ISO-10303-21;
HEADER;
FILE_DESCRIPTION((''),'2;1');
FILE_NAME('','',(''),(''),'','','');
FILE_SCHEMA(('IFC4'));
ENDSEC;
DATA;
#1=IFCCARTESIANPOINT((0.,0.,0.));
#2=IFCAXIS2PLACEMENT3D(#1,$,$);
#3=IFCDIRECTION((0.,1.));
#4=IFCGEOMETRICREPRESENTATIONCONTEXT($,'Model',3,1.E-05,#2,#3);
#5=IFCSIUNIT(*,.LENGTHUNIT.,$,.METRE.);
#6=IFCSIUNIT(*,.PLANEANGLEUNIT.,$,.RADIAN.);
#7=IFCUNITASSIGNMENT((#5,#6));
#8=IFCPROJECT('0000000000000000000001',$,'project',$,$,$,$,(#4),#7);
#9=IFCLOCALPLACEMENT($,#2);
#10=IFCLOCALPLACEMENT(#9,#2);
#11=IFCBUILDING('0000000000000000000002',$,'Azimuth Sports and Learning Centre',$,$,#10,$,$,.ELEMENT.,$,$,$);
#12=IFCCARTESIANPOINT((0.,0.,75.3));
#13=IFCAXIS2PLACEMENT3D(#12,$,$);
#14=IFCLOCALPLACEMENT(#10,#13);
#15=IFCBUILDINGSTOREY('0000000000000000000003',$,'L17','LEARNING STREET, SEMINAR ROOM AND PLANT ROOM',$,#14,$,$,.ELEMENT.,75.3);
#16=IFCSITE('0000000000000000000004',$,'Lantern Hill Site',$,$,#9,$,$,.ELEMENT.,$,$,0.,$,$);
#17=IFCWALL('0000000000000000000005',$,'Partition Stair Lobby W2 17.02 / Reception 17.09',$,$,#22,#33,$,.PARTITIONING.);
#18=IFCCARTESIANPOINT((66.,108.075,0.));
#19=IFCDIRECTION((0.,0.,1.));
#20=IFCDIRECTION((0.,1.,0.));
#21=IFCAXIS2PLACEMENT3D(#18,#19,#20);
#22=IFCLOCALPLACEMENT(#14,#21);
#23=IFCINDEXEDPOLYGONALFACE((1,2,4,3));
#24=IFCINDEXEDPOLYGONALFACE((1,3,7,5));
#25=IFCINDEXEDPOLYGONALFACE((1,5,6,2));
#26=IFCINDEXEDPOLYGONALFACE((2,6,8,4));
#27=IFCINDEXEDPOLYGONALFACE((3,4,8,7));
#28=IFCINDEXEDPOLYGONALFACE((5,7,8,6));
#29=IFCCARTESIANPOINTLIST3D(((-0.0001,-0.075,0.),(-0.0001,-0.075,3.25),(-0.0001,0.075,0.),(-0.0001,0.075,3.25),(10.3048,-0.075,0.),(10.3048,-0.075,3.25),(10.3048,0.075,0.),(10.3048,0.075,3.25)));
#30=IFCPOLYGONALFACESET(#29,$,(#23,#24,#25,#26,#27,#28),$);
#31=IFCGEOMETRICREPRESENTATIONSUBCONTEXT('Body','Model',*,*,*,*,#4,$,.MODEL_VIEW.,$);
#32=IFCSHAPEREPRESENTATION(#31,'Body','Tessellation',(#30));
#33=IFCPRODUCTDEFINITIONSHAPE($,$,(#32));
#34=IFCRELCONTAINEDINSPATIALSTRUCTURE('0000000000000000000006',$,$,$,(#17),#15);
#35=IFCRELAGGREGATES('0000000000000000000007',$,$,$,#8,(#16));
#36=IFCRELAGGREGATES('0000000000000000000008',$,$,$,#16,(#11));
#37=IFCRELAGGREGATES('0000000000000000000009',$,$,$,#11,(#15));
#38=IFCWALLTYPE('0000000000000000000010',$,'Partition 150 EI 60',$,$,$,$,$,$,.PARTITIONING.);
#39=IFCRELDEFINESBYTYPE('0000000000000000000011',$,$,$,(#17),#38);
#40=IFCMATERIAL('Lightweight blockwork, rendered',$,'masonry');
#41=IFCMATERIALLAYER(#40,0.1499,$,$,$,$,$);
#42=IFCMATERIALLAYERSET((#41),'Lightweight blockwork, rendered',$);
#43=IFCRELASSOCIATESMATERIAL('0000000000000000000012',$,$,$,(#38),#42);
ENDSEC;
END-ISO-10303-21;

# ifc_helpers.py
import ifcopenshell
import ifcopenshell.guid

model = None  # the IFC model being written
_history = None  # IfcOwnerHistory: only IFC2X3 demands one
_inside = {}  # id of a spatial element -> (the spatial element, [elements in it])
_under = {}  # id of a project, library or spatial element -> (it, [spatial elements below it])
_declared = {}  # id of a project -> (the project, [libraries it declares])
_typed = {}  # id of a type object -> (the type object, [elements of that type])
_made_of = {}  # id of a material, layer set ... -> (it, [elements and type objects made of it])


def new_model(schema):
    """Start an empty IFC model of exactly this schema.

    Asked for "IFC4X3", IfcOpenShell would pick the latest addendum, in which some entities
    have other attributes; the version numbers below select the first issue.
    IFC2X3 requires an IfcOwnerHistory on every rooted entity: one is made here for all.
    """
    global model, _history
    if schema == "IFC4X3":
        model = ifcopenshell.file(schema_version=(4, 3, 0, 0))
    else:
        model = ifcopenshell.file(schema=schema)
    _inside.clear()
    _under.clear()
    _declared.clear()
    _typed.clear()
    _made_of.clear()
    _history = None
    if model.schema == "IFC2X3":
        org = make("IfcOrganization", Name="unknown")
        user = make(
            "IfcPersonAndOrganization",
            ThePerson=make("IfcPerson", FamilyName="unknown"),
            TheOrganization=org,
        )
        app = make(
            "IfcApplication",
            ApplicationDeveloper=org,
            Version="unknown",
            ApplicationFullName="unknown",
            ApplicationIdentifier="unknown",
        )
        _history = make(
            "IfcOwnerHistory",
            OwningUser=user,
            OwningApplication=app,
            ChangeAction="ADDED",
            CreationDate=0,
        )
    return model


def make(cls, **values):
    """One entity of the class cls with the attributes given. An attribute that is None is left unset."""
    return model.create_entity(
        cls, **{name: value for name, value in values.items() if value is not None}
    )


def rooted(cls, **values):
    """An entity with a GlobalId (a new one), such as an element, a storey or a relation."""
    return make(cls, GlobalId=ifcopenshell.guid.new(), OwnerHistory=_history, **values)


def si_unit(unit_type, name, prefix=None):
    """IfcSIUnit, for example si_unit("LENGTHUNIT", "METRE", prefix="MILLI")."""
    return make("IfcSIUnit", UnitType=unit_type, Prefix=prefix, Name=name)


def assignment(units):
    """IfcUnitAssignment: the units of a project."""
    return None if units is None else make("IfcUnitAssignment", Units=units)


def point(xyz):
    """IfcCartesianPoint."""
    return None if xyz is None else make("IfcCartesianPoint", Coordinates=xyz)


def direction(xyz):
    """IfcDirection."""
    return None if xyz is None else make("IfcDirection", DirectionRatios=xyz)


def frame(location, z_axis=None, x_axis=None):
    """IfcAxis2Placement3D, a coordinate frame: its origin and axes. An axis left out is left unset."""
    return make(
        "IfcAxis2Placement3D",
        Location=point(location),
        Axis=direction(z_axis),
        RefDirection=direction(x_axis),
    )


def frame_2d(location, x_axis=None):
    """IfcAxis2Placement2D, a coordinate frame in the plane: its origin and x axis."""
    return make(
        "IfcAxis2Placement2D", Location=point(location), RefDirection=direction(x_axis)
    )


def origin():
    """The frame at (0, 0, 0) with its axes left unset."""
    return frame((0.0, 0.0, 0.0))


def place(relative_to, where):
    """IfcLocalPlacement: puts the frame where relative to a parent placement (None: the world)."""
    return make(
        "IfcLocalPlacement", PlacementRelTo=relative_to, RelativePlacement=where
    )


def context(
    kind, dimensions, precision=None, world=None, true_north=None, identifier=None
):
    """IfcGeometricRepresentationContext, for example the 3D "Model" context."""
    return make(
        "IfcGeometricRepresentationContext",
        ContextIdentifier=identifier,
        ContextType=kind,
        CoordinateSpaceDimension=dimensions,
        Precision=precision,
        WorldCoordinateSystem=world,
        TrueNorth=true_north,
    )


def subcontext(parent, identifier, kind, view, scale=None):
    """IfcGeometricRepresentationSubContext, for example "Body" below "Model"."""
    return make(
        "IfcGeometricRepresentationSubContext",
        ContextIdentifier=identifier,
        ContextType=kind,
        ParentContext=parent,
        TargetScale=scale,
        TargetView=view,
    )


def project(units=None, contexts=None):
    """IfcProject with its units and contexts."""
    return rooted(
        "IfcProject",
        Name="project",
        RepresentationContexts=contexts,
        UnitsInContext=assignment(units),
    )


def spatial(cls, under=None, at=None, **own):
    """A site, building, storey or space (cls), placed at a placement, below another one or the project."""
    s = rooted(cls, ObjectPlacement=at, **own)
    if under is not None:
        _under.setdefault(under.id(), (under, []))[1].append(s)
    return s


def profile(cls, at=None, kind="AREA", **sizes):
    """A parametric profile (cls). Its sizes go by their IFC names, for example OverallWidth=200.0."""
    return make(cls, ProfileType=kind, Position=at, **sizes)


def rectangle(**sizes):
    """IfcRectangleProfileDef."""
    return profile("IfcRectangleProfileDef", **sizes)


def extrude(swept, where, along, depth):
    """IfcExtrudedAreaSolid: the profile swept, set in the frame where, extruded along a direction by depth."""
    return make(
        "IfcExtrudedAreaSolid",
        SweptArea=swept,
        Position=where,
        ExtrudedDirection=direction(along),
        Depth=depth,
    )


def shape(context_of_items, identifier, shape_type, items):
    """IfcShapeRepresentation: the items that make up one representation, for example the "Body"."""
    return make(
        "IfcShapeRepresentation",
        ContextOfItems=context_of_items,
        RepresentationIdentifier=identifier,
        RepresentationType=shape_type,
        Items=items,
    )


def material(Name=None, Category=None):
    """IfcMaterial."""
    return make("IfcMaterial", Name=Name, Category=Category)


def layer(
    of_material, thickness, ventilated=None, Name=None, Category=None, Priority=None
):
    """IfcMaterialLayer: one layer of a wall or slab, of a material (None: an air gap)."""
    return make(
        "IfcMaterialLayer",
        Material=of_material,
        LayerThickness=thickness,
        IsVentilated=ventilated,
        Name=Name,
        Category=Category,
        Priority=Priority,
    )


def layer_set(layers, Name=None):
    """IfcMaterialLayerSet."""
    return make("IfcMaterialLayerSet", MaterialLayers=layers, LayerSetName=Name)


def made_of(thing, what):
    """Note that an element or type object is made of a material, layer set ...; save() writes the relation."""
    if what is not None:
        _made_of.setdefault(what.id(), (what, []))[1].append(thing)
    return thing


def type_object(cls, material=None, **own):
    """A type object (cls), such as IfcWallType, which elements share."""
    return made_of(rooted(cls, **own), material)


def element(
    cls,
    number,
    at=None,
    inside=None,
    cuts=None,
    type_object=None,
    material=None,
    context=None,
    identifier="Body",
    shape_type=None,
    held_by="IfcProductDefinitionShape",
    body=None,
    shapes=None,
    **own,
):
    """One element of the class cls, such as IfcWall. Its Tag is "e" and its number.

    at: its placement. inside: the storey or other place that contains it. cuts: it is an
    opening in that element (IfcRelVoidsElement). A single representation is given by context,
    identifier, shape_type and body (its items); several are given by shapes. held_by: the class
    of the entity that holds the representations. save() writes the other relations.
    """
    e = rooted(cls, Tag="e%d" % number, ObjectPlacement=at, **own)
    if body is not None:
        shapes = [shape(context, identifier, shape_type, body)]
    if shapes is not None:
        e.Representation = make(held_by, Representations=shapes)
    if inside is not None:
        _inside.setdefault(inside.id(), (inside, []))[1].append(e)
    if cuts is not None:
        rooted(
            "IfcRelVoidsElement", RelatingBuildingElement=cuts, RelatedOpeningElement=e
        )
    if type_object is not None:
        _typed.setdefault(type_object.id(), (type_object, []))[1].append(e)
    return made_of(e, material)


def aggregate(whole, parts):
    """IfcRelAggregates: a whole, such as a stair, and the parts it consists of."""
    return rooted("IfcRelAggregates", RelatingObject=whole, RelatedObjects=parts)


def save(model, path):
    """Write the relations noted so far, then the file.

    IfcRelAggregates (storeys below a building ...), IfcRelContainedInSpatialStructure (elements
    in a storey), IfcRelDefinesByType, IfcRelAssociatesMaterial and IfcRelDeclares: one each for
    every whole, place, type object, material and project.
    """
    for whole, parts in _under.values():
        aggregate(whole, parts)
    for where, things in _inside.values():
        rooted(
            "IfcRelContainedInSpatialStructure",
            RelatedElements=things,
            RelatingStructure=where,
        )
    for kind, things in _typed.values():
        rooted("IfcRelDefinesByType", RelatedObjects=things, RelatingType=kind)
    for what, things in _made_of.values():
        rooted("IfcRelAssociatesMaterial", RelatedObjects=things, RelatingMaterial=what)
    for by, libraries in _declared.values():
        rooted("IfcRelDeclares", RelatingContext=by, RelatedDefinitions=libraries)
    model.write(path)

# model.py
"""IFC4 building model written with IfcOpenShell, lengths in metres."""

from ifc_helpers import new_model, si_unit, direction, frame, frame_2d, origin, place, context, subcontext, project, spatial, rectangle, extrude, material, layer, layer_set, type_object, element, save


model = new_model("IFC4")

# Units and contexts
model_context = context("Model", 3, precision=1e-05, world=origin(), true_north=direction((0.0, 1.0)))
body_context = subcontext(model_context, "Body", "Model", "MODEL_VIEW")
ifc_project = project(units=[si_unit("LENGTHUNIT", "METRE"), si_unit("PLANEANGLEUNIT", "RADIAN")], contexts=[model_context])

# Site, building, storey
site_placement = place(None, origin())
site = spatial("IfcSite", under=ifc_project, at=site_placement, Name="Lantern Hill Site", CompositionType="ELEMENT", RefElevation=0.0)
building_placement = place(site_placement, origin())
building = spatial("IfcBuilding", under=site, at=building_placement, Name="Azimuth Sports and Learning Centre", CompositionType="ELEMENT")
storey_placement = place(building_placement, frame((0.0, 0.0, 75.3)))
storey = spatial("IfcBuildingStorey", under=building, at=storey_placement, Name="L17", Description="LEARNING STREET, SEMINAR ROOM AND PLANT ROOM", CompositionType="ELEMENT", Elevation=75.3)

# Shared definitions
ifc_material_1 = material(Name="Lightweight blockwork, rendered", Category="masonry")
ifc_layer_1 = layer(ifc_material_1, 0.1499)
ifc_layer_set_1 = layer_set([ifc_layer_1], Name="Lightweight blockwork, rendered")
wall_type_1 = type_object("IfcWallType", Name="Partition 150 EI 60", PredefinedType="PARTITIONING", material=ifc_layer_set_1)

# Wall
wall_1_placement = place(storey_placement, frame((66.0, 108.075, 0.0), z_axis=(0.0, 0.0, 1.0), x_axis=(0.0, 1.0, 0.0)))
element("IfcWall", 1, at=wall_1_placement, inside=storey, type_object=wall_type_1, Name="Partition Stair Lobby W2 17.02 / Reception 17.09", PredefinedType="PARTITIONING", context=body_context, shape_type="SweptSolid", body=[
    extrude(rectangle(XDim=10.3049, YDim=0.1499, at=frame_2d((5.1523, 0.0))), origin(), (0.0, 0.0, 1.0), 3.25),
])

save(model, "model.ifc")
